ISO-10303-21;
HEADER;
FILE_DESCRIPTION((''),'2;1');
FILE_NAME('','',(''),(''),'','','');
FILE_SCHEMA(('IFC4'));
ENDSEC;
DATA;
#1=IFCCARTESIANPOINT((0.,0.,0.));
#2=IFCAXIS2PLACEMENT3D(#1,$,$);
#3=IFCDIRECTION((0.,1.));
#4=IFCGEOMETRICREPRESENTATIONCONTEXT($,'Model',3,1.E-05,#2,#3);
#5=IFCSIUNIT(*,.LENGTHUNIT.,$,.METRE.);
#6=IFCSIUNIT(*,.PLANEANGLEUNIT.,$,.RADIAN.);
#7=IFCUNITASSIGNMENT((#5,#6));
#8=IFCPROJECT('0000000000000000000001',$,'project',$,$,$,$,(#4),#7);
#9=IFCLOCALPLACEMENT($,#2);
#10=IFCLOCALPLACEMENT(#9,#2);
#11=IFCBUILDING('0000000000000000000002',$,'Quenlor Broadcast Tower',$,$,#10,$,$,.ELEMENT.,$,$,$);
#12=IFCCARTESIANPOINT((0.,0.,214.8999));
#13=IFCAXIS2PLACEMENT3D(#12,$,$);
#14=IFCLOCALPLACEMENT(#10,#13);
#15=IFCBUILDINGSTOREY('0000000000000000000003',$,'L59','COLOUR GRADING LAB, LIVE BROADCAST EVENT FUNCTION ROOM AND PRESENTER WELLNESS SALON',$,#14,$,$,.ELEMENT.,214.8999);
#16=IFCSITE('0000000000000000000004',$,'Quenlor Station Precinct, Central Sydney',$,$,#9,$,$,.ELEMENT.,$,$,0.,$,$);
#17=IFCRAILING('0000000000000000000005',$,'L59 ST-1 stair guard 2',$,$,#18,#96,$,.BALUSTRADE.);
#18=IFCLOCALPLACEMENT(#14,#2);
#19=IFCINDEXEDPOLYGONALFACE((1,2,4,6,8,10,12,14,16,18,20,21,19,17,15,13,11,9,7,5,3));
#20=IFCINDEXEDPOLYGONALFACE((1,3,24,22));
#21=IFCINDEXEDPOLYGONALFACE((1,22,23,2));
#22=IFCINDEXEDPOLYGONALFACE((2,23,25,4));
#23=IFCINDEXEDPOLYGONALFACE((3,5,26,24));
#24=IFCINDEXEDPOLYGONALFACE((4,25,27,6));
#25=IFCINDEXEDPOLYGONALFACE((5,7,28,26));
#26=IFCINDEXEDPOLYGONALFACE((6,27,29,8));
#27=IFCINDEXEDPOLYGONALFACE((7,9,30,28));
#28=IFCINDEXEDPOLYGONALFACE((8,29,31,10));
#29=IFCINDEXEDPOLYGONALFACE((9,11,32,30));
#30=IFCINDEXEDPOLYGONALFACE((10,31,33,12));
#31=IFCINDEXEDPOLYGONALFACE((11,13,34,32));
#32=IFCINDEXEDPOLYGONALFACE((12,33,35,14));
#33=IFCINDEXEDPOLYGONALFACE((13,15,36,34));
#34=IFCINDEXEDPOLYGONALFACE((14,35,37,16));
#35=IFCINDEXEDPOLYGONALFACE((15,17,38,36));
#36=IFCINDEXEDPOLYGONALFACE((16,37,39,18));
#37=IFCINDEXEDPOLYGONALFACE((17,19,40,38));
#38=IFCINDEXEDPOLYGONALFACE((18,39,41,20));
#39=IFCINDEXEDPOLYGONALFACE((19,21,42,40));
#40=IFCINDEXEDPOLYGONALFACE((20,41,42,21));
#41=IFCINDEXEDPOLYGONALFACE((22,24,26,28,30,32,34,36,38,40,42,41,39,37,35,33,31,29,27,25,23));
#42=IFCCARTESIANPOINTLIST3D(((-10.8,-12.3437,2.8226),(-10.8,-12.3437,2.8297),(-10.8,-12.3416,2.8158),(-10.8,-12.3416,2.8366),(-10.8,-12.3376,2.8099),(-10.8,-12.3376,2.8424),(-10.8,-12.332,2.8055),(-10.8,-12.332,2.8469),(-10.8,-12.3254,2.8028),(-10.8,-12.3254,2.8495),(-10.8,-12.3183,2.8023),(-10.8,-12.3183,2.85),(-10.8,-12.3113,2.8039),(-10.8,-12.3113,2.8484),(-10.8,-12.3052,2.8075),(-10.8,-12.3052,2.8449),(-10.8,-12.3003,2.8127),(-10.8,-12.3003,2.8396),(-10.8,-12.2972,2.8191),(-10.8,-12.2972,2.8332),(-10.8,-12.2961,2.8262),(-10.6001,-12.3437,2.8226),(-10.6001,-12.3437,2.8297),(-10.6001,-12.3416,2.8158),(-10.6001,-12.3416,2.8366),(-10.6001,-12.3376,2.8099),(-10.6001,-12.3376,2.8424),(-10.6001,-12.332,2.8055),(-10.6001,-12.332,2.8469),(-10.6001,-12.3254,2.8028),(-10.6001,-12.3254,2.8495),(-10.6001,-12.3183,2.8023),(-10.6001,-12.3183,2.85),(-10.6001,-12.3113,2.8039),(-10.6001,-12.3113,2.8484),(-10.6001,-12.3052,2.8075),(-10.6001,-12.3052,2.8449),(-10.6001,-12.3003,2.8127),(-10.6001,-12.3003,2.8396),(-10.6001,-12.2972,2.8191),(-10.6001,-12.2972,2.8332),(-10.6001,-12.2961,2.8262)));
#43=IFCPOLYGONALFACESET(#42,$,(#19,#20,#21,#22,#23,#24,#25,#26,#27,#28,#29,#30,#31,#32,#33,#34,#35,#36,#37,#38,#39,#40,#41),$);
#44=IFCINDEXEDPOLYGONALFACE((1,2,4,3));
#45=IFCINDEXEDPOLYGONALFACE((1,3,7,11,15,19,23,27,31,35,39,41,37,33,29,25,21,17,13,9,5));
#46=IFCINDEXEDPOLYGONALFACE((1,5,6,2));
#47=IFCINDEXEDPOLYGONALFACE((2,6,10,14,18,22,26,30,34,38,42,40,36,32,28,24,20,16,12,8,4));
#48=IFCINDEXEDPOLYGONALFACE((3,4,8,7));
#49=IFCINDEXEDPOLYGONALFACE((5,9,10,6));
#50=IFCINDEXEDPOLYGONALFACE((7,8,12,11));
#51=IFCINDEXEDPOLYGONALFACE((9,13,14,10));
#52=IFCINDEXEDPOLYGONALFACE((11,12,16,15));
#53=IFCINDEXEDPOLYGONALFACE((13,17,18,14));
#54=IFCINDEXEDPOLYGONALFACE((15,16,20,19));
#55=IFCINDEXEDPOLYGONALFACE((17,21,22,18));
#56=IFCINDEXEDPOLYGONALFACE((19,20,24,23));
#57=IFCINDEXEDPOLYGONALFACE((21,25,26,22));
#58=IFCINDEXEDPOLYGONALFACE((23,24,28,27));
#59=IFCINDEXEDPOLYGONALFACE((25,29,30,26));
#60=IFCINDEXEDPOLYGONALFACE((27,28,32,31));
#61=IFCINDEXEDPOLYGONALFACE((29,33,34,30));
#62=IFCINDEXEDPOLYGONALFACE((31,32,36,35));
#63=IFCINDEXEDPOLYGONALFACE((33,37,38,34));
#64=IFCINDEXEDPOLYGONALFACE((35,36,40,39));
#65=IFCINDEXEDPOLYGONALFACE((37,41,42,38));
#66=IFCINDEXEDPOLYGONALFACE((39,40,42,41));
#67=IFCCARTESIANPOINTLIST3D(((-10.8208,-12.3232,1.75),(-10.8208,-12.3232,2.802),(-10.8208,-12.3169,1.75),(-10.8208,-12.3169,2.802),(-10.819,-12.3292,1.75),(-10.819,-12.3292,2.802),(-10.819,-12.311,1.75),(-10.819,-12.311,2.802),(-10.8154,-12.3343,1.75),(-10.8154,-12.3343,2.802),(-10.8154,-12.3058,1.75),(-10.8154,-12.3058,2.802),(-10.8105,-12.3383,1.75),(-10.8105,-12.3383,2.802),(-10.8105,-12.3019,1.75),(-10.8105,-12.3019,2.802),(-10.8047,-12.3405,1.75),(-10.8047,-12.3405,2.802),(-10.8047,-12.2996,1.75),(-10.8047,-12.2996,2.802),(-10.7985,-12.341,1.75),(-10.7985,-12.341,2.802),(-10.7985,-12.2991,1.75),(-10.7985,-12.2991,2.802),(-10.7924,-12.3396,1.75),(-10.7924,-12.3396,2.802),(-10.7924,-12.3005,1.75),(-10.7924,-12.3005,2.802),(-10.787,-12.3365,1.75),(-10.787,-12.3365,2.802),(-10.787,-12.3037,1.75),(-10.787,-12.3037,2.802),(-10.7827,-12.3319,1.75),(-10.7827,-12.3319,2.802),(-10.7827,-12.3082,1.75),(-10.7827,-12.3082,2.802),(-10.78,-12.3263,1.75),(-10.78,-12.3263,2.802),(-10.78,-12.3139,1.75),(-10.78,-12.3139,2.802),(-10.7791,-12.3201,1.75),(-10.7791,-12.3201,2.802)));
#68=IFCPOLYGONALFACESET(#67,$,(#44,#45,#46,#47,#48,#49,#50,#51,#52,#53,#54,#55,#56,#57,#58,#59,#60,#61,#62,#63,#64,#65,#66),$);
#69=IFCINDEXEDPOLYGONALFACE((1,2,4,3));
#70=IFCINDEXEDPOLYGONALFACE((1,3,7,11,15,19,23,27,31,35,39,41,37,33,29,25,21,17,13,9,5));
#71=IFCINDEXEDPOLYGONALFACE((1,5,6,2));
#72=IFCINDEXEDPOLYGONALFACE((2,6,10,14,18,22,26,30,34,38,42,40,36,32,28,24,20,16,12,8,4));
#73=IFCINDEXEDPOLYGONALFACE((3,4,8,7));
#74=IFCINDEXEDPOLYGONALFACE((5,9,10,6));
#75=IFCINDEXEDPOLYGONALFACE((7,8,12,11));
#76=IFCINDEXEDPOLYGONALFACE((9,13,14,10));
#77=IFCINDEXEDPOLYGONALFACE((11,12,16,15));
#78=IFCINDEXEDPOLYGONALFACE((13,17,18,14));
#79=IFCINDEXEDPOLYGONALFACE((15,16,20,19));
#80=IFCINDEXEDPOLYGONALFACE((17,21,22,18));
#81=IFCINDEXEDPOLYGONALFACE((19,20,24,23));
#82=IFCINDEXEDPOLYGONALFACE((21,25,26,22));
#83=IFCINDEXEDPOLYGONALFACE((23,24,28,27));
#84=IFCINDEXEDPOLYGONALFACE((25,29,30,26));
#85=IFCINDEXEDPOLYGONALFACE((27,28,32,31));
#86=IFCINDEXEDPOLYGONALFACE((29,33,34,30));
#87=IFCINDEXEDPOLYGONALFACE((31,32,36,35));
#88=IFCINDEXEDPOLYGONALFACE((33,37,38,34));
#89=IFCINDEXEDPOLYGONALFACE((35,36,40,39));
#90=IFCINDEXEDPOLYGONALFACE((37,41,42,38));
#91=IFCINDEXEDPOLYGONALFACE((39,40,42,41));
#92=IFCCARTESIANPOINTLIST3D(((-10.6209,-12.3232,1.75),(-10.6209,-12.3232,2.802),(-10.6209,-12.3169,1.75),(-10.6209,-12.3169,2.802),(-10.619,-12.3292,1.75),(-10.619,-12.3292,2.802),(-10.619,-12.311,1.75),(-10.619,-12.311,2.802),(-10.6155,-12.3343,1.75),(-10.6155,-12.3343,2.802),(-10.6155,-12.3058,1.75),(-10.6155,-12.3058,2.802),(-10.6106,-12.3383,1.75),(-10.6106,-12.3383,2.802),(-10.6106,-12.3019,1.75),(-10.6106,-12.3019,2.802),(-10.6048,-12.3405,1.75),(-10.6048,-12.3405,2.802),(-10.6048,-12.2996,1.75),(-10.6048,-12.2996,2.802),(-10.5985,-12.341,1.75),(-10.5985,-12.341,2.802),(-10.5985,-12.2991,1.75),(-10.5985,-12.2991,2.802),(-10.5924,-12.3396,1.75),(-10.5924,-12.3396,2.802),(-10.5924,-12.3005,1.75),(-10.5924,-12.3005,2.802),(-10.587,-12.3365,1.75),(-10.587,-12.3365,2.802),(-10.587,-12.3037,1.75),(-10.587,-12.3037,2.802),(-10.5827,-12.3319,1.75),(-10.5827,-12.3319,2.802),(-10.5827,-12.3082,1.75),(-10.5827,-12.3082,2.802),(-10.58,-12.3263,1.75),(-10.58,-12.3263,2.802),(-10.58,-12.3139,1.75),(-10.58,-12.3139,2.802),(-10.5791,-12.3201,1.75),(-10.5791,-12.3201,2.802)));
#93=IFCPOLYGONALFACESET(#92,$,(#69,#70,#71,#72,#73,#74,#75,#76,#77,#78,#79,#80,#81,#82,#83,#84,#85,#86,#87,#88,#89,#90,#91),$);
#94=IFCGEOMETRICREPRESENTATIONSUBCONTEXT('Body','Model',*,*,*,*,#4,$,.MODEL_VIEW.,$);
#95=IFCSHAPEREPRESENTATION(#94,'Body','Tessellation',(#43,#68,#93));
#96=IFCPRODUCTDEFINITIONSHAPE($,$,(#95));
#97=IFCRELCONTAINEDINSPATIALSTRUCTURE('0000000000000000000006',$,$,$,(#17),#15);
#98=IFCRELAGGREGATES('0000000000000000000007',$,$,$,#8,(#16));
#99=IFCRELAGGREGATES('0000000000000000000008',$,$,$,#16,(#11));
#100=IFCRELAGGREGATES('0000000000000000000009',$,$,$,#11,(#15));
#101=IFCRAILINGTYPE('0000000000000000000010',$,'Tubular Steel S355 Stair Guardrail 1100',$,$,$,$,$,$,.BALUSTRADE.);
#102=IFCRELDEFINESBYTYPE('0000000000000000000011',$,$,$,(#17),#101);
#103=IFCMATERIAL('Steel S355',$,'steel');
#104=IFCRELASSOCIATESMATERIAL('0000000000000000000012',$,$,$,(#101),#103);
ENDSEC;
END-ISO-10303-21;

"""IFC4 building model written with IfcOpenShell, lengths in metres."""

from ifc_helpers import new_model, si_unit, direction, frame, origin, origin_2d, place, context, subcontext, project, spatial, circle, extrude, material, type_object, element, save


model = new_model("IFC4")

# Units and contexts
model_context = context("Model", 3, precision=1e-05, world=origin(), true_north=direction((0.0, 1.0)))
body_context = subcontext(model_context, "Body", "Model", "MODEL_VIEW")
ifc_project = project(units=[si_unit("LENGTHUNIT", "METRE"), si_unit("PLANEANGLEUNIT", "RADIAN")], contexts=[model_context])

# Site, building, storey
site_placement = place(None, origin())
site = spatial("IfcSite", under=ifc_project, at=site_placement, Name="Quenlor Station Precinct, Central Sydney", CompositionType="ELEMENT", RefElevation=0.0)
building_placement = place(site_placement, origin())
building = spatial("IfcBuilding", under=site, at=building_placement, Name="Quenlor Broadcast Tower", CompositionType="ELEMENT")
storey_placement = place(building_placement, frame((0.0, 0.0, 214.8999)))
storey = spatial("IfcBuildingStorey", under=building, at=storey_placement, Name="L59", Description="COLOUR GRADING LAB, LIVE BROADCAST EVENT FUNCTION ROOM AND PRESENTER WELLNESS SALON", CompositionType="ELEMENT", Elevation=214.8999)

# Railing
ifc_material_1 = material(Name="Steel S355", Category="steel")
railing_type = type_object("IfcRailingType", Name="Tubular Steel S355 Stair Guardrail 1100", PredefinedType="BALUSTRADE", material=ifc_material_1)
railing_placement = place(storey_placement, frame((-10.8, -12.3201, 1.75)))
element("IfcRailing", 1, at=railing_placement, inside=storey, type_object=railing_type, Name="L59 ST-1 stair guard 2", PredefinedType="BALUSTRADE", context=body_context, shape_type="SweptSolid", body=[
    extrude(circle(Radius=0.0239, at=origin_2d()), frame((0.0, 0.0, 1.0762), z_axis=(1.0, 0.0, 0.0), x_axis=(0.0, 1.0, 0.0)), (0.0, 0.0, 1.0), 0.2),
    extrude(circle(Radius=0.021, at=origin_2d()), origin(), (0.0, 0.0, 1.0), 1.052),
    extrude(circle(Radius=0.021, at=origin_2d()), frame((0.2, 0.0, 0.0)), (0.0, 0.0, 1.0), 1.052),
])

save(model, "model.ifc")
